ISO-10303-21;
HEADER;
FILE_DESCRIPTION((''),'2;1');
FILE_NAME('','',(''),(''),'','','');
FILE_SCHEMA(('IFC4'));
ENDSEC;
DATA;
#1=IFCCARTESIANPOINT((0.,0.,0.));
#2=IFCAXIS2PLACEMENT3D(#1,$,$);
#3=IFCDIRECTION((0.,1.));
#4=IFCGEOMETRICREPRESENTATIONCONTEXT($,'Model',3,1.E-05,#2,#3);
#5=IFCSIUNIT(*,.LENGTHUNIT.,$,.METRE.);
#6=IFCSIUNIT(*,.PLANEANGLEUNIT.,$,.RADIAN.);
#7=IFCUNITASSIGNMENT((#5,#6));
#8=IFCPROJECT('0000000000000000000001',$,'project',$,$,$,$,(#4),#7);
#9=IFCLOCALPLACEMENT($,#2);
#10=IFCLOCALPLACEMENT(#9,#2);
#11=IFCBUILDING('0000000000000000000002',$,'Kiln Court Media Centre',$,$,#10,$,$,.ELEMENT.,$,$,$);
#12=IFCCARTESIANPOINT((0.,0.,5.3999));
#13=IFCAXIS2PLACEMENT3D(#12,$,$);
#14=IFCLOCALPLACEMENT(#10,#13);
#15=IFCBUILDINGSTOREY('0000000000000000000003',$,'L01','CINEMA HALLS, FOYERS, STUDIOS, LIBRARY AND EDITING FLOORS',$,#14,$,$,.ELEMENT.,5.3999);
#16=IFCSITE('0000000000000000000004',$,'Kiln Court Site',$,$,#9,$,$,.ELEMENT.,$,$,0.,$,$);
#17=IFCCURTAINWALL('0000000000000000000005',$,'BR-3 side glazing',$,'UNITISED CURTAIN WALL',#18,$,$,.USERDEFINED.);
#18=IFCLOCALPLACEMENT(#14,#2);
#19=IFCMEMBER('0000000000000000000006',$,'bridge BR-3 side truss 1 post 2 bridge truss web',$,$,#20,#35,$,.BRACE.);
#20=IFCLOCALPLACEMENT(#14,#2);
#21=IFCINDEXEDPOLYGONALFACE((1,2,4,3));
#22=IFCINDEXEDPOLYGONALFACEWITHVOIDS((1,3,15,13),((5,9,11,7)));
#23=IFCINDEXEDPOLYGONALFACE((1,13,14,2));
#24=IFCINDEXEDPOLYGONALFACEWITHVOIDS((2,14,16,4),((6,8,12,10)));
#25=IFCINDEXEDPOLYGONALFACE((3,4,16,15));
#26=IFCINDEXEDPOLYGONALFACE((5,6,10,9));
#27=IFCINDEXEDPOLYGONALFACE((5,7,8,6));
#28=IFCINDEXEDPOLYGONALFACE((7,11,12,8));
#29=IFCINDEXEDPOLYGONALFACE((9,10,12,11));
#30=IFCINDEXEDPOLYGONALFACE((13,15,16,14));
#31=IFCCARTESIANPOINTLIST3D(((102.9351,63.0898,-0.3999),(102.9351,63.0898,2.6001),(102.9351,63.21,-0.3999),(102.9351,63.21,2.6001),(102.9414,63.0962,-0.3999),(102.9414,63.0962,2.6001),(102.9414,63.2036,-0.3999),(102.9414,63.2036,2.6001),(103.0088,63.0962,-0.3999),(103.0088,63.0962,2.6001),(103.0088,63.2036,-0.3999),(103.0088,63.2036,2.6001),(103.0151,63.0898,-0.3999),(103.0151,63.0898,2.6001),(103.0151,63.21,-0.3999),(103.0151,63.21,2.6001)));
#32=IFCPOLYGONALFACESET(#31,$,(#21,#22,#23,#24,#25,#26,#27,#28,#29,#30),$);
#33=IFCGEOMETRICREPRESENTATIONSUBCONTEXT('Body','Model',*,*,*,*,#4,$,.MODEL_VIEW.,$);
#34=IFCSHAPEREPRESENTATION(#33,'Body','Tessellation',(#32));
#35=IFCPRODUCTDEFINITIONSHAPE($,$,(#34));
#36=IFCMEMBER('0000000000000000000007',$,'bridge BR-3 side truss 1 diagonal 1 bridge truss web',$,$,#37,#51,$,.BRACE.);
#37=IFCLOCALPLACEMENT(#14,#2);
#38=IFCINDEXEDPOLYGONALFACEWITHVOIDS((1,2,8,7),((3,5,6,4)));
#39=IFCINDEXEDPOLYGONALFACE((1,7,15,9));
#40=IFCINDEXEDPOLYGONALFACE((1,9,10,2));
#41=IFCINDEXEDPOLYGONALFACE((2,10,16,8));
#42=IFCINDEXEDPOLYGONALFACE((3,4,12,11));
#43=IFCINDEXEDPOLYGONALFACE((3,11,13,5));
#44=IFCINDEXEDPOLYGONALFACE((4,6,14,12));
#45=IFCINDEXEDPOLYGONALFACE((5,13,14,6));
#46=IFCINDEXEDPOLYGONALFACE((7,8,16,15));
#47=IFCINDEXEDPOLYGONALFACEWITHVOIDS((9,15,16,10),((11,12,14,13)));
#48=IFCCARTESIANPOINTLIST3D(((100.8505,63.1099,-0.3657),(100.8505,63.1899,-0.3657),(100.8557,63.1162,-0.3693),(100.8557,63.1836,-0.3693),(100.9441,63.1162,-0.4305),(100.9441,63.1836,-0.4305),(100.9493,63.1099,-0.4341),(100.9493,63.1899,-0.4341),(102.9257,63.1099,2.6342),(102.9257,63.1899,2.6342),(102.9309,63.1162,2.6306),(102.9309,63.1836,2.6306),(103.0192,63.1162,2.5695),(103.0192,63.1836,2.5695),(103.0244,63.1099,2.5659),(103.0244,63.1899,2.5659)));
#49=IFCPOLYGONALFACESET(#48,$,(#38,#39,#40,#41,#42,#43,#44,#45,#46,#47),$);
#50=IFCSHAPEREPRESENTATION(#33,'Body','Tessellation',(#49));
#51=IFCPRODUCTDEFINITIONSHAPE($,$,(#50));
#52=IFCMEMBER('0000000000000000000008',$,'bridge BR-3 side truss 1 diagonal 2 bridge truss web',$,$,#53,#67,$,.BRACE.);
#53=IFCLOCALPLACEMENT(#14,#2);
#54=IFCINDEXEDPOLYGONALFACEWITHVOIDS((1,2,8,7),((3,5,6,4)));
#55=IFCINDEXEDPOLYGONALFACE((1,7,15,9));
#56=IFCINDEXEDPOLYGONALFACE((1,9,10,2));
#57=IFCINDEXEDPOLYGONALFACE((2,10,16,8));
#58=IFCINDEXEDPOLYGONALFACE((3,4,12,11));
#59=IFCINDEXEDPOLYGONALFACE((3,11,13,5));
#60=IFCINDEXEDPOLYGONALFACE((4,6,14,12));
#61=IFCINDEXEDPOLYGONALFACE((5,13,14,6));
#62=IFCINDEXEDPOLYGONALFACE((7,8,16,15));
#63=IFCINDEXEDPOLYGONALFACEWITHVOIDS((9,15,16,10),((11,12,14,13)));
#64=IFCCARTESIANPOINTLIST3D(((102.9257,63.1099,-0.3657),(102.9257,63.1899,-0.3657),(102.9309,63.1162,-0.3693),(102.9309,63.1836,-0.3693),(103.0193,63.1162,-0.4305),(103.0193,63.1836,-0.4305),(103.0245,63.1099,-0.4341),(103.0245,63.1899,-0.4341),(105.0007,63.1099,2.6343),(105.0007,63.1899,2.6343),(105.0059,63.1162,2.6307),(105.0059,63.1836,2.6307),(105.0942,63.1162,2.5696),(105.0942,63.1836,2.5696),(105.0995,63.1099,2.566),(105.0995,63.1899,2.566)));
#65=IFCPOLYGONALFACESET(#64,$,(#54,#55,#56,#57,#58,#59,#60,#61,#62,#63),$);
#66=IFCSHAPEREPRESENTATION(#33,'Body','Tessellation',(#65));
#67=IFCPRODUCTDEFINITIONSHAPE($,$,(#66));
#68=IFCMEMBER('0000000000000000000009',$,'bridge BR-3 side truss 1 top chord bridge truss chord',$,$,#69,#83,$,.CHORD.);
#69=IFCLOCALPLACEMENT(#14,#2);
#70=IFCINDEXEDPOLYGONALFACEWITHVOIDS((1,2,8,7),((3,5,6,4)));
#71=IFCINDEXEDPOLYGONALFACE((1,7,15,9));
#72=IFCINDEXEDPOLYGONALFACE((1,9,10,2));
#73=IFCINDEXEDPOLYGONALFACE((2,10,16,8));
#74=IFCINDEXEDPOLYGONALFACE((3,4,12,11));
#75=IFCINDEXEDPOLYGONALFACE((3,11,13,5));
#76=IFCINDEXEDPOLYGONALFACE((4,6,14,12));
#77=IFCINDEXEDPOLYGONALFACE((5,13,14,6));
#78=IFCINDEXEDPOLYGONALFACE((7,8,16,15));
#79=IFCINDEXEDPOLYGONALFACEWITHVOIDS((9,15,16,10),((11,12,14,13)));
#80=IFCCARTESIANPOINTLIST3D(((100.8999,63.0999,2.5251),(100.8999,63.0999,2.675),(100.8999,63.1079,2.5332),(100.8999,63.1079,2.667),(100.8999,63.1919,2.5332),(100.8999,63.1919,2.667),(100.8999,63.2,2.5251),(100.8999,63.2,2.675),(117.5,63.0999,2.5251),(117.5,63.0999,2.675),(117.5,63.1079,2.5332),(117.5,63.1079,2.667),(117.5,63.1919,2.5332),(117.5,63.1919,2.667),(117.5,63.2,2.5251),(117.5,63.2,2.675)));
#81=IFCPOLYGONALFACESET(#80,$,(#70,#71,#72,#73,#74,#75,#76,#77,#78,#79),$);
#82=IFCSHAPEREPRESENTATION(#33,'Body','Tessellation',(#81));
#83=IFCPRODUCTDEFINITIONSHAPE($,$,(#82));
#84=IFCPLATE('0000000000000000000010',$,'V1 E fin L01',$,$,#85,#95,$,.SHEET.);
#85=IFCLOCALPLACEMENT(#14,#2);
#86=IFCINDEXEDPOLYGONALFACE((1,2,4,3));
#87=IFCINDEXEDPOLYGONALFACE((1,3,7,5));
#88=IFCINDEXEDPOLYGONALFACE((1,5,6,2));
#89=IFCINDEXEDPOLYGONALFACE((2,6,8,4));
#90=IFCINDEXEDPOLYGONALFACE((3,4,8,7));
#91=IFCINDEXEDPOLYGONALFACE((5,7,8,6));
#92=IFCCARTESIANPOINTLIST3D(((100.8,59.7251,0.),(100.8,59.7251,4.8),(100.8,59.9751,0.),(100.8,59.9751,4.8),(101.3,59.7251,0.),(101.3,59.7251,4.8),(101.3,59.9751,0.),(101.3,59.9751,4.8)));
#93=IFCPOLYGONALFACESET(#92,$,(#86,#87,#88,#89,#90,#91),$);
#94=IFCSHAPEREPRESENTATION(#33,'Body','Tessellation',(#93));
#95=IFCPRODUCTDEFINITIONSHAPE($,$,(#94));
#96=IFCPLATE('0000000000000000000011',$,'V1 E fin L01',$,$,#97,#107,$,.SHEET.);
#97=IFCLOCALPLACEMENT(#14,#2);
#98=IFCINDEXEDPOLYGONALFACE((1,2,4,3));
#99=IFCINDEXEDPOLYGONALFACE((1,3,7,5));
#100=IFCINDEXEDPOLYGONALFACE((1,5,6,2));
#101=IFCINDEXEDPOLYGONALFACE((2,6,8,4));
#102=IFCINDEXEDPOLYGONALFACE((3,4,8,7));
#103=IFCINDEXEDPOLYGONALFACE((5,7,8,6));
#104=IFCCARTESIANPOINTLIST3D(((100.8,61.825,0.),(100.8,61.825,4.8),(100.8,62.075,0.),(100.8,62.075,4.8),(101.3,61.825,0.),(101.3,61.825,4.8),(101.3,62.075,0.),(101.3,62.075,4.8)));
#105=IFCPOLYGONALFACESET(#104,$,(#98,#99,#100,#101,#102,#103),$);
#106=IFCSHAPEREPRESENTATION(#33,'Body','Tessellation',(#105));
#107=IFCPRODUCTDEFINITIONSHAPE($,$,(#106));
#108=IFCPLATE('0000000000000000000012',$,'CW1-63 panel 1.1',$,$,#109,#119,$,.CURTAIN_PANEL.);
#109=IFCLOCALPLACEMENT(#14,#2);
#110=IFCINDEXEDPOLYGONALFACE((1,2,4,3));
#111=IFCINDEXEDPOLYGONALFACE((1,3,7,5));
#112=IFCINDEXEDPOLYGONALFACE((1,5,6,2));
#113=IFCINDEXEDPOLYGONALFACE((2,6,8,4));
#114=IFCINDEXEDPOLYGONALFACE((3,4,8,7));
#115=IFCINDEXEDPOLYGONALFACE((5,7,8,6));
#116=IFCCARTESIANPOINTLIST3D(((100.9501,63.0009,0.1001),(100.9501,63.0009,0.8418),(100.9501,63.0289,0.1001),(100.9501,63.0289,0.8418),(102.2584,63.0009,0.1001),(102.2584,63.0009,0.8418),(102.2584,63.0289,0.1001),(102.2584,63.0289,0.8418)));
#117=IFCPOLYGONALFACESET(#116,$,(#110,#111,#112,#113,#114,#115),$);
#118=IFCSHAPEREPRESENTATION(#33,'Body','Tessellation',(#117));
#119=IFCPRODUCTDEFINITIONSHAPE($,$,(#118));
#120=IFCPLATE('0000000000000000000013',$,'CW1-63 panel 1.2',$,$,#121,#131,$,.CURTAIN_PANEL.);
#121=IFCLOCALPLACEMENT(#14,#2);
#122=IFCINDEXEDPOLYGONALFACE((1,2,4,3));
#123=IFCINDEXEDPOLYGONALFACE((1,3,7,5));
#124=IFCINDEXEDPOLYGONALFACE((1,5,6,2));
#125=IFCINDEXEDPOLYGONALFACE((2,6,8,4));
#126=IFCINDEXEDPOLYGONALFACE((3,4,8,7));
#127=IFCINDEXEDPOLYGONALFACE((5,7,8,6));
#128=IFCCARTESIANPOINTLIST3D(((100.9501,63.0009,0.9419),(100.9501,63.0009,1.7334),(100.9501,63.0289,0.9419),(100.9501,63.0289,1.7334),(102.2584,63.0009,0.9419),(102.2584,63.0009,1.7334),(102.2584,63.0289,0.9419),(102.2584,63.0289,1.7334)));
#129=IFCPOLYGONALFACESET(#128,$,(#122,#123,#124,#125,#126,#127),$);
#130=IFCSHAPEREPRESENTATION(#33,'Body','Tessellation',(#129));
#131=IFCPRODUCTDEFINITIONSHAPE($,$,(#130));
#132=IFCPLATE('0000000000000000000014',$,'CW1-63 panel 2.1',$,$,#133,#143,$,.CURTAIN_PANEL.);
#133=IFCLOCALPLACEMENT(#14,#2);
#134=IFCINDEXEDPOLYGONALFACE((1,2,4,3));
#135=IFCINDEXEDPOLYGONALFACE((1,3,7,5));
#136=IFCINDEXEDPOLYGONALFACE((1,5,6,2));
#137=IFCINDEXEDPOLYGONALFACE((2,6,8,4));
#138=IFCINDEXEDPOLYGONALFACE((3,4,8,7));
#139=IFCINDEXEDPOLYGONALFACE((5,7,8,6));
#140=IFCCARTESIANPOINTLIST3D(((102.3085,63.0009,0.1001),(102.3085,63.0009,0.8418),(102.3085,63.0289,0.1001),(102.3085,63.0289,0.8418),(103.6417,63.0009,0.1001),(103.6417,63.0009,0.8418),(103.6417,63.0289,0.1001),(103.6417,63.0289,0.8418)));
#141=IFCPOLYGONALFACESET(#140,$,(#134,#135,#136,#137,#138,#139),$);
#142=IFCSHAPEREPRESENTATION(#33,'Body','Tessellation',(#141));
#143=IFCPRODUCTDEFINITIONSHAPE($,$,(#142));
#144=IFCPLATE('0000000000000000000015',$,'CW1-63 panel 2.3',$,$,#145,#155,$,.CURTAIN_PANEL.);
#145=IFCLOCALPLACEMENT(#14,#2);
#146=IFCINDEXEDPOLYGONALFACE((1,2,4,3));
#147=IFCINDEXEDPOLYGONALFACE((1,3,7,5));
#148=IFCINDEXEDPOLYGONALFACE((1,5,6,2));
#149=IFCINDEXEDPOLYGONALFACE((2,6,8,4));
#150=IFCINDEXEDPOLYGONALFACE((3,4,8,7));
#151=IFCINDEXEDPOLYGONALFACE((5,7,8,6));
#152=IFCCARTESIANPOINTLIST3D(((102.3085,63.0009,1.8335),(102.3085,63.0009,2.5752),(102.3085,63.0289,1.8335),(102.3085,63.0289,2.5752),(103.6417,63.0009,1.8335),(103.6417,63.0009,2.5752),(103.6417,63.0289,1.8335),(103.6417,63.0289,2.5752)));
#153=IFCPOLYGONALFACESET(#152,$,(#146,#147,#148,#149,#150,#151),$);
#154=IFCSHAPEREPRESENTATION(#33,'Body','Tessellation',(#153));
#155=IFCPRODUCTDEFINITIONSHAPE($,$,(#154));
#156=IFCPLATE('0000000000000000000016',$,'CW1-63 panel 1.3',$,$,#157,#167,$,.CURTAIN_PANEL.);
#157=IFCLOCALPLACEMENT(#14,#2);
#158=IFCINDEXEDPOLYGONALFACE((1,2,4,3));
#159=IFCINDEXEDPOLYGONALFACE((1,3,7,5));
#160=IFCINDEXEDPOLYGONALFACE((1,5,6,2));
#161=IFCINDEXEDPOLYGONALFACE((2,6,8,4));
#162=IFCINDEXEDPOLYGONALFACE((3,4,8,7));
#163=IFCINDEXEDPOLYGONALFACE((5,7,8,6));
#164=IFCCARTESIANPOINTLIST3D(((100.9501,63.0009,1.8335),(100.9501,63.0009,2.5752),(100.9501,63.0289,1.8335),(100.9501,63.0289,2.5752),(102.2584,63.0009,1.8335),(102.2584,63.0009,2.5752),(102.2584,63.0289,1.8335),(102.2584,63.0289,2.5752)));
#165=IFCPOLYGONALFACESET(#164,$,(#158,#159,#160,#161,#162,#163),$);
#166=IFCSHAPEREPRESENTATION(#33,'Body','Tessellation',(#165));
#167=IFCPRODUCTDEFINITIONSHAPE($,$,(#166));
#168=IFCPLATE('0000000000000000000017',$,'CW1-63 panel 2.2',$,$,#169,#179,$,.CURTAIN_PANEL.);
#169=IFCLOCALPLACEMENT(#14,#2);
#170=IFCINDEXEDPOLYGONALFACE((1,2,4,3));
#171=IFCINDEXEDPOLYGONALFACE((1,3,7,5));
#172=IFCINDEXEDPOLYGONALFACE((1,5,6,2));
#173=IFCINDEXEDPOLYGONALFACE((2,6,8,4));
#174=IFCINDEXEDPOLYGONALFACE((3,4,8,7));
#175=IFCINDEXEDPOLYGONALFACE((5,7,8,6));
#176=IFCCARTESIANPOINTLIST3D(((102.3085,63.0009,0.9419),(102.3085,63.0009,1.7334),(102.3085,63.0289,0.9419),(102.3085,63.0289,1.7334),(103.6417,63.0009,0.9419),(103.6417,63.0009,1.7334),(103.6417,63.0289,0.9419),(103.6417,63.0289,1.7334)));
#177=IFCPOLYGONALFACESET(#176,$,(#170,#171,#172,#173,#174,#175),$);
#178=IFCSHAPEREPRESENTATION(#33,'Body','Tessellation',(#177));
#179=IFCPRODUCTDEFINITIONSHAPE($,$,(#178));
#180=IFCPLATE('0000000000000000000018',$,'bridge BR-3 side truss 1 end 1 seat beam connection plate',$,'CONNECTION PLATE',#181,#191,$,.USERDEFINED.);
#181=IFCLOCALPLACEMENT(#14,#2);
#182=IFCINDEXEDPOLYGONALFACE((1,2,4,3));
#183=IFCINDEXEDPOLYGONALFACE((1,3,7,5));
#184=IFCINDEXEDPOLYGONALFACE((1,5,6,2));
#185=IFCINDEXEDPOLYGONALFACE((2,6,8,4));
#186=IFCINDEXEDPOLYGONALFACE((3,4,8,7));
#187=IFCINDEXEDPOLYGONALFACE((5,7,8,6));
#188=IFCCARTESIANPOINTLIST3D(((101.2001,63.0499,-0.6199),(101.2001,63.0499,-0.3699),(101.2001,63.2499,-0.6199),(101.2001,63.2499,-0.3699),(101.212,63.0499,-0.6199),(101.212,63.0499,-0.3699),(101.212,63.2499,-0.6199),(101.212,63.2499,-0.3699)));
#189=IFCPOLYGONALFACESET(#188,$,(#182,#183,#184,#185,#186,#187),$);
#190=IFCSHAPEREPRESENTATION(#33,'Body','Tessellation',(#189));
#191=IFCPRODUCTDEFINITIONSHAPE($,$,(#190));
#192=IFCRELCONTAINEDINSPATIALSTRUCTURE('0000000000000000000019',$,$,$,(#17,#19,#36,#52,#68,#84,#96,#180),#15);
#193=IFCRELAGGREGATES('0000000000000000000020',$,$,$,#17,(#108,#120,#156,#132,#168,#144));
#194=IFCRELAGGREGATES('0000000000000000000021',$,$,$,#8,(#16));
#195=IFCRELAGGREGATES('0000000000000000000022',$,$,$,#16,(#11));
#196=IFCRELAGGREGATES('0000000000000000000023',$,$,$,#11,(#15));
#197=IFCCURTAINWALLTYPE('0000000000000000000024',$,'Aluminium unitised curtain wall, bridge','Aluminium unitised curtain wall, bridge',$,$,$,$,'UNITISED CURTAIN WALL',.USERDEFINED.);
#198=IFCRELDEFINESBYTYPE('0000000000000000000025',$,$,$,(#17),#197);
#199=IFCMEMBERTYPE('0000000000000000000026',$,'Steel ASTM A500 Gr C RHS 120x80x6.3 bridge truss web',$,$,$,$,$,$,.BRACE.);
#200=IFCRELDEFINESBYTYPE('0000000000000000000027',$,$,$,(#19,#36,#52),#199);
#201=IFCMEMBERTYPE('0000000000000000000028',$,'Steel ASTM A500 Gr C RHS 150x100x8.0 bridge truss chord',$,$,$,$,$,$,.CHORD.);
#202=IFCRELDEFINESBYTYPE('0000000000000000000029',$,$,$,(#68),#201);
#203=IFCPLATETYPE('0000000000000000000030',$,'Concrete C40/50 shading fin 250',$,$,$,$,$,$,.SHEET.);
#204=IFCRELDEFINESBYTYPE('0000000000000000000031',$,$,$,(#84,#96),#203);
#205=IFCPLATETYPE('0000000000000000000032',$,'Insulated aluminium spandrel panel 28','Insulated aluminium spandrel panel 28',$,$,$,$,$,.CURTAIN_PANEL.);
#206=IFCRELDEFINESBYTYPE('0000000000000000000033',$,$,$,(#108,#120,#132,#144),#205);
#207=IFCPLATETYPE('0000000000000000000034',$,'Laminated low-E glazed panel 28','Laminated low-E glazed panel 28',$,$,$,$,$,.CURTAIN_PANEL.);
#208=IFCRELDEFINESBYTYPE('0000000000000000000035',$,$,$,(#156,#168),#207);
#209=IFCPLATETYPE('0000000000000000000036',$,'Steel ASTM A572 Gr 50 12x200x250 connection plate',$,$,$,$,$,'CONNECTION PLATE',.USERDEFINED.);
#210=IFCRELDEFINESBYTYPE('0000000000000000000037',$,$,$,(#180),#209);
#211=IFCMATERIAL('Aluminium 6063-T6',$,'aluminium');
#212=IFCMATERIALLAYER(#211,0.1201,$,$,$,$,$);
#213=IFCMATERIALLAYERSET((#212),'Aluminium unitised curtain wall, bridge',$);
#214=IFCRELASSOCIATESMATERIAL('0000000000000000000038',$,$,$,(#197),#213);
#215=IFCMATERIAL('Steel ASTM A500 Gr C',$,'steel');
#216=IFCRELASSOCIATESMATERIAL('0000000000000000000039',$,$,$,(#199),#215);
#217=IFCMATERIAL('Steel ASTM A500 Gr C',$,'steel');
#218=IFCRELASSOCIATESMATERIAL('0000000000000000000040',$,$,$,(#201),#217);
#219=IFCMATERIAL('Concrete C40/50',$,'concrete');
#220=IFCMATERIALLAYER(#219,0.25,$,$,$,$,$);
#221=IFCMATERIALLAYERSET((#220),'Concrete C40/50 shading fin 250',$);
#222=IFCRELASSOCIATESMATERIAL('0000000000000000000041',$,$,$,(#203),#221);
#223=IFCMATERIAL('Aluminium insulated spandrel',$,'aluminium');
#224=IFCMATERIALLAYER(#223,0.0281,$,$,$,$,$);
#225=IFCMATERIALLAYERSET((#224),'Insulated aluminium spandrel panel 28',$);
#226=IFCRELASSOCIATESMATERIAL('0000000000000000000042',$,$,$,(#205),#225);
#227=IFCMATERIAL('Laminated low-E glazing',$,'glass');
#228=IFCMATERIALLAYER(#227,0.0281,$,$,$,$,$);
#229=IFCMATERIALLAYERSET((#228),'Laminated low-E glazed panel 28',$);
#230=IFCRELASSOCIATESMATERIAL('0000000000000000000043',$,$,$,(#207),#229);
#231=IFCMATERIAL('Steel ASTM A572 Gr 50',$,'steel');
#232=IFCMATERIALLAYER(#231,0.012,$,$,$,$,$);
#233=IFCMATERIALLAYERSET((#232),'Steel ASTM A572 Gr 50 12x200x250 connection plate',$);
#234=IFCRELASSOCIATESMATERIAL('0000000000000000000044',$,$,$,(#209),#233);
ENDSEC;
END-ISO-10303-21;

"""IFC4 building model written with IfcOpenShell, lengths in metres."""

from ifc_helpers import new_model, si_unit, direction, frame, origin, origin_2d, place, context, subcontext, project, spatial, rectangle, hollow_rectangle, extrude, material, layer, layer_set, material_profile, profile_set, type_object, element, aggregate, save


model = new_model("IFC4")

# Units and contexts
model_context = context("Model", 3, precision=1e-05, world=origin(), true_north=direction((0.0, 1.0)))
body_context = subcontext(model_context, "Body", "Model", "MODEL_VIEW")
ifc_project = project(units=[si_unit("LENGTHUNIT", "METRE"), si_unit("PLANEANGLEUNIT", "RADIAN")], contexts=[model_context])

# Site, building, storey
site_placement = place(None, origin())
site = spatial("IfcSite", under=ifc_project, at=site_placement, Name="Kiln Court Site", CompositionType="ELEMENT", RefElevation=0.0)
building_placement = place(site_placement, origin())
building = spatial("IfcBuilding", under=site, at=building_placement, Name="Kiln Court Media Centre", CompositionType="ELEMENT")
storey_placement = place(building_placement, frame((0.0, 0.0, 5.3999)))
storey = spatial("IfcBuildingStorey", under=building, at=storey_placement, Name="L01", Description="CINEMA HALLS, FOYERS, STUDIOS, LIBRARY AND EDITING FLOORS", CompositionType="ELEMENT", Elevation=5.3999)

# Curtain wall
ifc_material_1 = material(Name="Aluminium 6063-T6", Category="aluminium")
ifc_layer_1 = layer(ifc_material_1, 0.1201)
ifc_layer_set_1 = layer_set([ifc_layer_1], Name="Aluminium unitised curtain wall, bridge")
curtain_wall_type = type_object("IfcCurtainWallType", Name="Aluminium unitised curtain wall, bridge", Description="Aluminium unitised curtain wall, bridge", ElementType="UNITISED CURTAIN WALL", PredefinedType="USERDEFINED", material=ifc_layer_set_1)
curtain_wall_placement = place(storey_placement, origin())
curtain_wall = element("IfcCurtainWall", 1, at=curtain_wall_placement, inside=storey, type_object=curtain_wall_type, Name="BR-3 side glazing", ObjectType="UNITISED CURTAIN WALL", PredefinedType="USERDEFINED")

# Members
ifc_material_2 = material(Name="Steel ASTM A500 Gr C", Category="steel")
ifc_material_profile_1 = material_profile(ifc_material_2, hollow_rectangle(XDim=0.0801, YDim=0.1201, WallThickness=0.0063, at=origin_2d()), Name="RHS 120x80x6.3")
ifc_profile_set_1 = profile_set([ifc_material_profile_1], Name="Steel ASTM A500 Gr C")
member_type_1 = type_object("IfcMemberType", Name="Steel ASTM A500 Gr C RHS 120x80x6.3 bridge truss web", PredefinedType="BRACE", material=ifc_profile_set_1)
for number, where, z_axis, x_axis, name in (
    (2, (102.9751, 63.1499, -0.3999), (0.0, 0.0, 1.0), (1.0, 0.0, 0.0), "bridge BR-3 side truss 1 post 2 bridge truss web"),
):
    element("IfcMember", number, at=place(storey_placement, frame(where, z_axis=z_axis, x_axis=x_axis)), inside=storey, type_object=member_type_1, Name=name, PredefinedType="BRACE", context=body_context, shape_type="SweptSolid", body=[
        extrude(hollow_rectangle(XDim=0.0801, YDim=0.1201, WallThickness=0.0063, at=origin_2d()), origin(), (0.0, 0.0, 1.0), 3.0),
    ])
for number, where, z_axis, x_axis, name in (
    (3, (100.8999, 63.1499, -0.3999), (0.56889, 0.0, 0.822414), (0.0, 1.0, 0.0), "bridge BR-3 side truss 1 diagonal 1 bridge truss web"),
    (4, (102.9751, 63.1499, -0.3999), (0.568844, 0.0, 0.822445), (0.0, 1.0, 0.0), "bridge BR-3 side truss 1 diagonal 2 bridge truss web"),
):
    element("IfcMember", number, at=place(storey_placement, frame(where, z_axis=z_axis, x_axis=x_axis)), inside=storey, type_object=member_type_1, Name=name, PredefinedType="BRACE", context=body_context, shape_type="SweptSolid", body=[
        extrude(hollow_rectangle(XDim=0.0801, YDim=0.1201, WallThickness=0.0063, at=origin_2d()), origin(), (0.0, 0.0, 1.0), 3.6477),
    ])
ifc_material_3 = material(Name="Steel ASTM A500 Gr C", Category="steel")
ifc_material_profile_2 = material_profile(ifc_material_3, hollow_rectangle(XDim=0.1001, YDim=0.1499, WallThickness=0.0081, at=origin_2d()), Name="RHS 150x100x8.0")
ifc_profile_set_2 = profile_set([ifc_material_profile_2], Name="Steel ASTM A500 Gr C")
member_type_2 = type_object("IfcMemberType", Name="Steel ASTM A500 Gr C RHS 150x100x8.0 bridge truss chord", PredefinedType="CHORD", material=ifc_profile_set_2)
member_1_placement = place(storey_placement, frame((100.8999, 63.1499, 2.6001), z_axis=(1.0, 0.0, 0.0), x_axis=(0.0, 1.0, 0.0)))
element("IfcMember", 5, at=member_1_placement, inside=storey, type_object=member_type_2, Name="bridge BR-3 side truss 1 top chord bridge truss chord", PredefinedType="CHORD", context=body_context, shape_type="SweptSolid", body=[
    extrude(hollow_rectangle(XDim=0.1001, YDim=0.1499, WallThickness=0.0081, at=origin_2d()), origin(), (0.0, 0.0, 1.0), 16.6001),
])

# Plates
ifc_material_4 = material(Name="Concrete C40/50", Category="concrete")
ifc_layer_2 = layer(ifc_material_4, 0.25)
ifc_layer_set_2 = layer_set([ifc_layer_2], Name="Concrete C40/50 shading fin 250")
plate_type_1 = type_object("IfcPlateType", Name="Concrete C40/50 shading fin 250", PredefinedType="SHEET", material=ifc_layer_set_2)
for number, where, z_axis, x_axis, name in (
    (6, (101.05, 59.8501, 0.0), (0.0, 0.0, 1.0), (1.0, 0.0, 0.0), "V1 E fin L01"),
    (7, (101.05, 61.95, 0.0), (0.0, 0.0, 1.0), (1.0, 0.0, 0.0), "V1 E fin L01"),
):
    element("IfcPlate", number, at=place(storey_placement, frame(where, z_axis=z_axis, x_axis=x_axis)), inside=storey, type_object=plate_type_1, Name=name, PredefinedType="SHEET", context=body_context, shape_type="SweptSolid", body=[
        extrude(rectangle(XDim=0.5, YDim=0.25, at=origin_2d()), origin(), (0.0, 0.0, 1.0), 4.8),
    ])

# Plates
ifc_material_5 = material(Name="Aluminium insulated spandrel", Category="aluminium")
ifc_layer_3 = layer(ifc_material_5, 0.0281)
ifc_layer_set_3 = layer_set([ifc_layer_3], Name="Insulated aluminium spandrel panel 28")
plate_type_2 = type_object("IfcPlateType", Name="Insulated aluminium spandrel panel 28", Description="Insulated aluminium spandrel panel 28", PredefinedType="CURTAIN_PANEL", material=ifc_layer_set_3)
plate_1_placement = place(storey_placement, frame((101.6042, 63.0149, 0.1001), z_axis=(0.0, 0.0, 1.0), x_axis=(1.0, 0.0, 0.0)))
plate_1 = element("IfcPlate", 8, at=plate_1_placement, type_object=plate_type_2, Name="CW1-63 panel 1.1", PredefinedType="CURTAIN_PANEL", context=body_context, shape_type="SweptSolid", body=[
    extrude(rectangle(XDim=1.3083, YDim=0.0281, at=origin_2d()), origin(), (0.0, 0.0, 1.0), 0.7417),
])
plate_2_placement = place(storey_placement, frame((101.6042, 63.0149, 0.9419), z_axis=(0.0, 0.0, 1.0), x_axis=(1.0, 0.0, 0.0)))
plate_2 = element("IfcPlate", 9, at=plate_2_placement, type_object=plate_type_2, Name="CW1-63 panel 1.2", PredefinedType="CURTAIN_PANEL", context=body_context, shape_type="SweptSolid", body=[
    extrude(rectangle(XDim=1.3083, YDim=0.0281, at=origin_2d()), origin(), (0.0, 0.0, 1.0), 0.7915),
])
plate_3_placement = place(storey_placement, frame((102.9751, 63.0149, 0.1001), z_axis=(0.0, 0.0, 1.0), x_axis=(1.0, 0.0, 0.0)))
plate_3 = element("IfcPlate", 10, at=plate_3_placement, type_object=plate_type_2, Name="CW1-63 panel 2.1", PredefinedType="CURTAIN_PANEL", context=body_context, shape_type="SweptSolid", body=[
    extrude(rectangle(XDim=1.3333, YDim=0.0281, at=origin_2d()), origin(), (0.0, 0.0, 1.0), 0.7417),
])
plate_4_placement = place(storey_placement, frame((102.9751, 63.0149, 1.8335), z_axis=(0.0, 0.0, 1.0), x_axis=(1.0, 0.0, 0.0)))
plate_4 = element("IfcPlate", 11, at=plate_4_placement, type_object=plate_type_2, Name="CW1-63 panel 2.3", PredefinedType="CURTAIN_PANEL", context=body_context, shape_type="SweptSolid", body=[
    extrude(rectangle(XDim=1.3333, YDim=0.0281, at=origin_2d()), origin(), (0.0, 0.0, 1.0), 0.7417),
])
ifc_material_6 = material(Name="Laminated low-E glazing", Category="glass")
ifc_layer_4 = layer(ifc_material_6, 0.0281)
ifc_layer_set_4 = layer_set([ifc_layer_4], Name="Laminated low-E glazed panel 28")
plate_type_3 = type_object("IfcPlateType", Name="Laminated low-E glazed panel 28", Description="Laminated low-E glazed panel 28", PredefinedType="CURTAIN_PANEL", material=ifc_layer_set_4)
plate_5_placement = place(storey_placement, frame((101.6042, 63.0149, 1.8335), z_axis=(0.0, 0.0, 1.0), x_axis=(1.0, 0.0, 0.0)))
plate_5 = element("IfcPlate", 12, at=plate_5_placement, type_object=plate_type_3, Name="CW1-63 panel 1.3", PredefinedType="CURTAIN_PANEL", context=body_context, shape_type="SweptSolid", body=[
    extrude(rectangle(XDim=1.3083, YDim=0.0281, at=origin_2d()), origin(), (0.0, 0.0, 1.0), 0.7417),
])
plate_6_placement = place(storey_placement, frame((102.9751, 63.0149, 0.9419), z_axis=(0.0, 0.0, 1.0), x_axis=(1.0, 0.0, 0.0)))
plate_6 = element("IfcPlate", 13, at=plate_6_placement, type_object=plate_type_3, Name="CW1-63 panel 2.2", PredefinedType="CURTAIN_PANEL", context=body_context, shape_type="SweptSolid", body=[
    extrude(rectangle(XDim=1.3333, YDim=0.0281, at=origin_2d()), origin(), (0.0, 0.0, 1.0), 0.7915),
])
aggregate(curtain_wall, [plate_1, plate_2, plate_5, plate_3, plate_6, plate_4])

# Plate
ifc_material_7 = material(Name="Steel ASTM A572 Gr 50", Category="steel")
ifc_layer_5 = layer(ifc_material_7, 0.012)
ifc_layer_set_5 = layer_set([ifc_layer_5], Name="Steel ASTM A572 Gr 50 12x200x250 connection plate")
plate_type_4 = type_object("IfcPlateType", Name="Steel ASTM A572 Gr 50 12x200x250 connection plate", ElementType="CONNECTION PLATE", PredefinedType="USERDEFINED", material=ifc_layer_set_5)
plate_7_placement = place(storey_placement, frame((101.2061, 63.1499, -0.6199), z_axis=(0.0, 0.0, 1.0), x_axis=(1.0, 0.0, 0.0)))
element("IfcPlate", 14, at=plate_7_placement, inside=storey, type_object=plate_type_4, Name="bridge BR-3 side truss 1 end 1 seat beam connection plate", ObjectType="CONNECTION PLATE", PredefinedType="USERDEFINED", context=body_context, shape_type="SweptSolid", body=[
    extrude(rectangle(XDim=0.012, YDim=0.2, at=origin_2d()), origin(), (0.0, 0.0, 1.0), 0.25),
])

save(model, "model.ifc")
